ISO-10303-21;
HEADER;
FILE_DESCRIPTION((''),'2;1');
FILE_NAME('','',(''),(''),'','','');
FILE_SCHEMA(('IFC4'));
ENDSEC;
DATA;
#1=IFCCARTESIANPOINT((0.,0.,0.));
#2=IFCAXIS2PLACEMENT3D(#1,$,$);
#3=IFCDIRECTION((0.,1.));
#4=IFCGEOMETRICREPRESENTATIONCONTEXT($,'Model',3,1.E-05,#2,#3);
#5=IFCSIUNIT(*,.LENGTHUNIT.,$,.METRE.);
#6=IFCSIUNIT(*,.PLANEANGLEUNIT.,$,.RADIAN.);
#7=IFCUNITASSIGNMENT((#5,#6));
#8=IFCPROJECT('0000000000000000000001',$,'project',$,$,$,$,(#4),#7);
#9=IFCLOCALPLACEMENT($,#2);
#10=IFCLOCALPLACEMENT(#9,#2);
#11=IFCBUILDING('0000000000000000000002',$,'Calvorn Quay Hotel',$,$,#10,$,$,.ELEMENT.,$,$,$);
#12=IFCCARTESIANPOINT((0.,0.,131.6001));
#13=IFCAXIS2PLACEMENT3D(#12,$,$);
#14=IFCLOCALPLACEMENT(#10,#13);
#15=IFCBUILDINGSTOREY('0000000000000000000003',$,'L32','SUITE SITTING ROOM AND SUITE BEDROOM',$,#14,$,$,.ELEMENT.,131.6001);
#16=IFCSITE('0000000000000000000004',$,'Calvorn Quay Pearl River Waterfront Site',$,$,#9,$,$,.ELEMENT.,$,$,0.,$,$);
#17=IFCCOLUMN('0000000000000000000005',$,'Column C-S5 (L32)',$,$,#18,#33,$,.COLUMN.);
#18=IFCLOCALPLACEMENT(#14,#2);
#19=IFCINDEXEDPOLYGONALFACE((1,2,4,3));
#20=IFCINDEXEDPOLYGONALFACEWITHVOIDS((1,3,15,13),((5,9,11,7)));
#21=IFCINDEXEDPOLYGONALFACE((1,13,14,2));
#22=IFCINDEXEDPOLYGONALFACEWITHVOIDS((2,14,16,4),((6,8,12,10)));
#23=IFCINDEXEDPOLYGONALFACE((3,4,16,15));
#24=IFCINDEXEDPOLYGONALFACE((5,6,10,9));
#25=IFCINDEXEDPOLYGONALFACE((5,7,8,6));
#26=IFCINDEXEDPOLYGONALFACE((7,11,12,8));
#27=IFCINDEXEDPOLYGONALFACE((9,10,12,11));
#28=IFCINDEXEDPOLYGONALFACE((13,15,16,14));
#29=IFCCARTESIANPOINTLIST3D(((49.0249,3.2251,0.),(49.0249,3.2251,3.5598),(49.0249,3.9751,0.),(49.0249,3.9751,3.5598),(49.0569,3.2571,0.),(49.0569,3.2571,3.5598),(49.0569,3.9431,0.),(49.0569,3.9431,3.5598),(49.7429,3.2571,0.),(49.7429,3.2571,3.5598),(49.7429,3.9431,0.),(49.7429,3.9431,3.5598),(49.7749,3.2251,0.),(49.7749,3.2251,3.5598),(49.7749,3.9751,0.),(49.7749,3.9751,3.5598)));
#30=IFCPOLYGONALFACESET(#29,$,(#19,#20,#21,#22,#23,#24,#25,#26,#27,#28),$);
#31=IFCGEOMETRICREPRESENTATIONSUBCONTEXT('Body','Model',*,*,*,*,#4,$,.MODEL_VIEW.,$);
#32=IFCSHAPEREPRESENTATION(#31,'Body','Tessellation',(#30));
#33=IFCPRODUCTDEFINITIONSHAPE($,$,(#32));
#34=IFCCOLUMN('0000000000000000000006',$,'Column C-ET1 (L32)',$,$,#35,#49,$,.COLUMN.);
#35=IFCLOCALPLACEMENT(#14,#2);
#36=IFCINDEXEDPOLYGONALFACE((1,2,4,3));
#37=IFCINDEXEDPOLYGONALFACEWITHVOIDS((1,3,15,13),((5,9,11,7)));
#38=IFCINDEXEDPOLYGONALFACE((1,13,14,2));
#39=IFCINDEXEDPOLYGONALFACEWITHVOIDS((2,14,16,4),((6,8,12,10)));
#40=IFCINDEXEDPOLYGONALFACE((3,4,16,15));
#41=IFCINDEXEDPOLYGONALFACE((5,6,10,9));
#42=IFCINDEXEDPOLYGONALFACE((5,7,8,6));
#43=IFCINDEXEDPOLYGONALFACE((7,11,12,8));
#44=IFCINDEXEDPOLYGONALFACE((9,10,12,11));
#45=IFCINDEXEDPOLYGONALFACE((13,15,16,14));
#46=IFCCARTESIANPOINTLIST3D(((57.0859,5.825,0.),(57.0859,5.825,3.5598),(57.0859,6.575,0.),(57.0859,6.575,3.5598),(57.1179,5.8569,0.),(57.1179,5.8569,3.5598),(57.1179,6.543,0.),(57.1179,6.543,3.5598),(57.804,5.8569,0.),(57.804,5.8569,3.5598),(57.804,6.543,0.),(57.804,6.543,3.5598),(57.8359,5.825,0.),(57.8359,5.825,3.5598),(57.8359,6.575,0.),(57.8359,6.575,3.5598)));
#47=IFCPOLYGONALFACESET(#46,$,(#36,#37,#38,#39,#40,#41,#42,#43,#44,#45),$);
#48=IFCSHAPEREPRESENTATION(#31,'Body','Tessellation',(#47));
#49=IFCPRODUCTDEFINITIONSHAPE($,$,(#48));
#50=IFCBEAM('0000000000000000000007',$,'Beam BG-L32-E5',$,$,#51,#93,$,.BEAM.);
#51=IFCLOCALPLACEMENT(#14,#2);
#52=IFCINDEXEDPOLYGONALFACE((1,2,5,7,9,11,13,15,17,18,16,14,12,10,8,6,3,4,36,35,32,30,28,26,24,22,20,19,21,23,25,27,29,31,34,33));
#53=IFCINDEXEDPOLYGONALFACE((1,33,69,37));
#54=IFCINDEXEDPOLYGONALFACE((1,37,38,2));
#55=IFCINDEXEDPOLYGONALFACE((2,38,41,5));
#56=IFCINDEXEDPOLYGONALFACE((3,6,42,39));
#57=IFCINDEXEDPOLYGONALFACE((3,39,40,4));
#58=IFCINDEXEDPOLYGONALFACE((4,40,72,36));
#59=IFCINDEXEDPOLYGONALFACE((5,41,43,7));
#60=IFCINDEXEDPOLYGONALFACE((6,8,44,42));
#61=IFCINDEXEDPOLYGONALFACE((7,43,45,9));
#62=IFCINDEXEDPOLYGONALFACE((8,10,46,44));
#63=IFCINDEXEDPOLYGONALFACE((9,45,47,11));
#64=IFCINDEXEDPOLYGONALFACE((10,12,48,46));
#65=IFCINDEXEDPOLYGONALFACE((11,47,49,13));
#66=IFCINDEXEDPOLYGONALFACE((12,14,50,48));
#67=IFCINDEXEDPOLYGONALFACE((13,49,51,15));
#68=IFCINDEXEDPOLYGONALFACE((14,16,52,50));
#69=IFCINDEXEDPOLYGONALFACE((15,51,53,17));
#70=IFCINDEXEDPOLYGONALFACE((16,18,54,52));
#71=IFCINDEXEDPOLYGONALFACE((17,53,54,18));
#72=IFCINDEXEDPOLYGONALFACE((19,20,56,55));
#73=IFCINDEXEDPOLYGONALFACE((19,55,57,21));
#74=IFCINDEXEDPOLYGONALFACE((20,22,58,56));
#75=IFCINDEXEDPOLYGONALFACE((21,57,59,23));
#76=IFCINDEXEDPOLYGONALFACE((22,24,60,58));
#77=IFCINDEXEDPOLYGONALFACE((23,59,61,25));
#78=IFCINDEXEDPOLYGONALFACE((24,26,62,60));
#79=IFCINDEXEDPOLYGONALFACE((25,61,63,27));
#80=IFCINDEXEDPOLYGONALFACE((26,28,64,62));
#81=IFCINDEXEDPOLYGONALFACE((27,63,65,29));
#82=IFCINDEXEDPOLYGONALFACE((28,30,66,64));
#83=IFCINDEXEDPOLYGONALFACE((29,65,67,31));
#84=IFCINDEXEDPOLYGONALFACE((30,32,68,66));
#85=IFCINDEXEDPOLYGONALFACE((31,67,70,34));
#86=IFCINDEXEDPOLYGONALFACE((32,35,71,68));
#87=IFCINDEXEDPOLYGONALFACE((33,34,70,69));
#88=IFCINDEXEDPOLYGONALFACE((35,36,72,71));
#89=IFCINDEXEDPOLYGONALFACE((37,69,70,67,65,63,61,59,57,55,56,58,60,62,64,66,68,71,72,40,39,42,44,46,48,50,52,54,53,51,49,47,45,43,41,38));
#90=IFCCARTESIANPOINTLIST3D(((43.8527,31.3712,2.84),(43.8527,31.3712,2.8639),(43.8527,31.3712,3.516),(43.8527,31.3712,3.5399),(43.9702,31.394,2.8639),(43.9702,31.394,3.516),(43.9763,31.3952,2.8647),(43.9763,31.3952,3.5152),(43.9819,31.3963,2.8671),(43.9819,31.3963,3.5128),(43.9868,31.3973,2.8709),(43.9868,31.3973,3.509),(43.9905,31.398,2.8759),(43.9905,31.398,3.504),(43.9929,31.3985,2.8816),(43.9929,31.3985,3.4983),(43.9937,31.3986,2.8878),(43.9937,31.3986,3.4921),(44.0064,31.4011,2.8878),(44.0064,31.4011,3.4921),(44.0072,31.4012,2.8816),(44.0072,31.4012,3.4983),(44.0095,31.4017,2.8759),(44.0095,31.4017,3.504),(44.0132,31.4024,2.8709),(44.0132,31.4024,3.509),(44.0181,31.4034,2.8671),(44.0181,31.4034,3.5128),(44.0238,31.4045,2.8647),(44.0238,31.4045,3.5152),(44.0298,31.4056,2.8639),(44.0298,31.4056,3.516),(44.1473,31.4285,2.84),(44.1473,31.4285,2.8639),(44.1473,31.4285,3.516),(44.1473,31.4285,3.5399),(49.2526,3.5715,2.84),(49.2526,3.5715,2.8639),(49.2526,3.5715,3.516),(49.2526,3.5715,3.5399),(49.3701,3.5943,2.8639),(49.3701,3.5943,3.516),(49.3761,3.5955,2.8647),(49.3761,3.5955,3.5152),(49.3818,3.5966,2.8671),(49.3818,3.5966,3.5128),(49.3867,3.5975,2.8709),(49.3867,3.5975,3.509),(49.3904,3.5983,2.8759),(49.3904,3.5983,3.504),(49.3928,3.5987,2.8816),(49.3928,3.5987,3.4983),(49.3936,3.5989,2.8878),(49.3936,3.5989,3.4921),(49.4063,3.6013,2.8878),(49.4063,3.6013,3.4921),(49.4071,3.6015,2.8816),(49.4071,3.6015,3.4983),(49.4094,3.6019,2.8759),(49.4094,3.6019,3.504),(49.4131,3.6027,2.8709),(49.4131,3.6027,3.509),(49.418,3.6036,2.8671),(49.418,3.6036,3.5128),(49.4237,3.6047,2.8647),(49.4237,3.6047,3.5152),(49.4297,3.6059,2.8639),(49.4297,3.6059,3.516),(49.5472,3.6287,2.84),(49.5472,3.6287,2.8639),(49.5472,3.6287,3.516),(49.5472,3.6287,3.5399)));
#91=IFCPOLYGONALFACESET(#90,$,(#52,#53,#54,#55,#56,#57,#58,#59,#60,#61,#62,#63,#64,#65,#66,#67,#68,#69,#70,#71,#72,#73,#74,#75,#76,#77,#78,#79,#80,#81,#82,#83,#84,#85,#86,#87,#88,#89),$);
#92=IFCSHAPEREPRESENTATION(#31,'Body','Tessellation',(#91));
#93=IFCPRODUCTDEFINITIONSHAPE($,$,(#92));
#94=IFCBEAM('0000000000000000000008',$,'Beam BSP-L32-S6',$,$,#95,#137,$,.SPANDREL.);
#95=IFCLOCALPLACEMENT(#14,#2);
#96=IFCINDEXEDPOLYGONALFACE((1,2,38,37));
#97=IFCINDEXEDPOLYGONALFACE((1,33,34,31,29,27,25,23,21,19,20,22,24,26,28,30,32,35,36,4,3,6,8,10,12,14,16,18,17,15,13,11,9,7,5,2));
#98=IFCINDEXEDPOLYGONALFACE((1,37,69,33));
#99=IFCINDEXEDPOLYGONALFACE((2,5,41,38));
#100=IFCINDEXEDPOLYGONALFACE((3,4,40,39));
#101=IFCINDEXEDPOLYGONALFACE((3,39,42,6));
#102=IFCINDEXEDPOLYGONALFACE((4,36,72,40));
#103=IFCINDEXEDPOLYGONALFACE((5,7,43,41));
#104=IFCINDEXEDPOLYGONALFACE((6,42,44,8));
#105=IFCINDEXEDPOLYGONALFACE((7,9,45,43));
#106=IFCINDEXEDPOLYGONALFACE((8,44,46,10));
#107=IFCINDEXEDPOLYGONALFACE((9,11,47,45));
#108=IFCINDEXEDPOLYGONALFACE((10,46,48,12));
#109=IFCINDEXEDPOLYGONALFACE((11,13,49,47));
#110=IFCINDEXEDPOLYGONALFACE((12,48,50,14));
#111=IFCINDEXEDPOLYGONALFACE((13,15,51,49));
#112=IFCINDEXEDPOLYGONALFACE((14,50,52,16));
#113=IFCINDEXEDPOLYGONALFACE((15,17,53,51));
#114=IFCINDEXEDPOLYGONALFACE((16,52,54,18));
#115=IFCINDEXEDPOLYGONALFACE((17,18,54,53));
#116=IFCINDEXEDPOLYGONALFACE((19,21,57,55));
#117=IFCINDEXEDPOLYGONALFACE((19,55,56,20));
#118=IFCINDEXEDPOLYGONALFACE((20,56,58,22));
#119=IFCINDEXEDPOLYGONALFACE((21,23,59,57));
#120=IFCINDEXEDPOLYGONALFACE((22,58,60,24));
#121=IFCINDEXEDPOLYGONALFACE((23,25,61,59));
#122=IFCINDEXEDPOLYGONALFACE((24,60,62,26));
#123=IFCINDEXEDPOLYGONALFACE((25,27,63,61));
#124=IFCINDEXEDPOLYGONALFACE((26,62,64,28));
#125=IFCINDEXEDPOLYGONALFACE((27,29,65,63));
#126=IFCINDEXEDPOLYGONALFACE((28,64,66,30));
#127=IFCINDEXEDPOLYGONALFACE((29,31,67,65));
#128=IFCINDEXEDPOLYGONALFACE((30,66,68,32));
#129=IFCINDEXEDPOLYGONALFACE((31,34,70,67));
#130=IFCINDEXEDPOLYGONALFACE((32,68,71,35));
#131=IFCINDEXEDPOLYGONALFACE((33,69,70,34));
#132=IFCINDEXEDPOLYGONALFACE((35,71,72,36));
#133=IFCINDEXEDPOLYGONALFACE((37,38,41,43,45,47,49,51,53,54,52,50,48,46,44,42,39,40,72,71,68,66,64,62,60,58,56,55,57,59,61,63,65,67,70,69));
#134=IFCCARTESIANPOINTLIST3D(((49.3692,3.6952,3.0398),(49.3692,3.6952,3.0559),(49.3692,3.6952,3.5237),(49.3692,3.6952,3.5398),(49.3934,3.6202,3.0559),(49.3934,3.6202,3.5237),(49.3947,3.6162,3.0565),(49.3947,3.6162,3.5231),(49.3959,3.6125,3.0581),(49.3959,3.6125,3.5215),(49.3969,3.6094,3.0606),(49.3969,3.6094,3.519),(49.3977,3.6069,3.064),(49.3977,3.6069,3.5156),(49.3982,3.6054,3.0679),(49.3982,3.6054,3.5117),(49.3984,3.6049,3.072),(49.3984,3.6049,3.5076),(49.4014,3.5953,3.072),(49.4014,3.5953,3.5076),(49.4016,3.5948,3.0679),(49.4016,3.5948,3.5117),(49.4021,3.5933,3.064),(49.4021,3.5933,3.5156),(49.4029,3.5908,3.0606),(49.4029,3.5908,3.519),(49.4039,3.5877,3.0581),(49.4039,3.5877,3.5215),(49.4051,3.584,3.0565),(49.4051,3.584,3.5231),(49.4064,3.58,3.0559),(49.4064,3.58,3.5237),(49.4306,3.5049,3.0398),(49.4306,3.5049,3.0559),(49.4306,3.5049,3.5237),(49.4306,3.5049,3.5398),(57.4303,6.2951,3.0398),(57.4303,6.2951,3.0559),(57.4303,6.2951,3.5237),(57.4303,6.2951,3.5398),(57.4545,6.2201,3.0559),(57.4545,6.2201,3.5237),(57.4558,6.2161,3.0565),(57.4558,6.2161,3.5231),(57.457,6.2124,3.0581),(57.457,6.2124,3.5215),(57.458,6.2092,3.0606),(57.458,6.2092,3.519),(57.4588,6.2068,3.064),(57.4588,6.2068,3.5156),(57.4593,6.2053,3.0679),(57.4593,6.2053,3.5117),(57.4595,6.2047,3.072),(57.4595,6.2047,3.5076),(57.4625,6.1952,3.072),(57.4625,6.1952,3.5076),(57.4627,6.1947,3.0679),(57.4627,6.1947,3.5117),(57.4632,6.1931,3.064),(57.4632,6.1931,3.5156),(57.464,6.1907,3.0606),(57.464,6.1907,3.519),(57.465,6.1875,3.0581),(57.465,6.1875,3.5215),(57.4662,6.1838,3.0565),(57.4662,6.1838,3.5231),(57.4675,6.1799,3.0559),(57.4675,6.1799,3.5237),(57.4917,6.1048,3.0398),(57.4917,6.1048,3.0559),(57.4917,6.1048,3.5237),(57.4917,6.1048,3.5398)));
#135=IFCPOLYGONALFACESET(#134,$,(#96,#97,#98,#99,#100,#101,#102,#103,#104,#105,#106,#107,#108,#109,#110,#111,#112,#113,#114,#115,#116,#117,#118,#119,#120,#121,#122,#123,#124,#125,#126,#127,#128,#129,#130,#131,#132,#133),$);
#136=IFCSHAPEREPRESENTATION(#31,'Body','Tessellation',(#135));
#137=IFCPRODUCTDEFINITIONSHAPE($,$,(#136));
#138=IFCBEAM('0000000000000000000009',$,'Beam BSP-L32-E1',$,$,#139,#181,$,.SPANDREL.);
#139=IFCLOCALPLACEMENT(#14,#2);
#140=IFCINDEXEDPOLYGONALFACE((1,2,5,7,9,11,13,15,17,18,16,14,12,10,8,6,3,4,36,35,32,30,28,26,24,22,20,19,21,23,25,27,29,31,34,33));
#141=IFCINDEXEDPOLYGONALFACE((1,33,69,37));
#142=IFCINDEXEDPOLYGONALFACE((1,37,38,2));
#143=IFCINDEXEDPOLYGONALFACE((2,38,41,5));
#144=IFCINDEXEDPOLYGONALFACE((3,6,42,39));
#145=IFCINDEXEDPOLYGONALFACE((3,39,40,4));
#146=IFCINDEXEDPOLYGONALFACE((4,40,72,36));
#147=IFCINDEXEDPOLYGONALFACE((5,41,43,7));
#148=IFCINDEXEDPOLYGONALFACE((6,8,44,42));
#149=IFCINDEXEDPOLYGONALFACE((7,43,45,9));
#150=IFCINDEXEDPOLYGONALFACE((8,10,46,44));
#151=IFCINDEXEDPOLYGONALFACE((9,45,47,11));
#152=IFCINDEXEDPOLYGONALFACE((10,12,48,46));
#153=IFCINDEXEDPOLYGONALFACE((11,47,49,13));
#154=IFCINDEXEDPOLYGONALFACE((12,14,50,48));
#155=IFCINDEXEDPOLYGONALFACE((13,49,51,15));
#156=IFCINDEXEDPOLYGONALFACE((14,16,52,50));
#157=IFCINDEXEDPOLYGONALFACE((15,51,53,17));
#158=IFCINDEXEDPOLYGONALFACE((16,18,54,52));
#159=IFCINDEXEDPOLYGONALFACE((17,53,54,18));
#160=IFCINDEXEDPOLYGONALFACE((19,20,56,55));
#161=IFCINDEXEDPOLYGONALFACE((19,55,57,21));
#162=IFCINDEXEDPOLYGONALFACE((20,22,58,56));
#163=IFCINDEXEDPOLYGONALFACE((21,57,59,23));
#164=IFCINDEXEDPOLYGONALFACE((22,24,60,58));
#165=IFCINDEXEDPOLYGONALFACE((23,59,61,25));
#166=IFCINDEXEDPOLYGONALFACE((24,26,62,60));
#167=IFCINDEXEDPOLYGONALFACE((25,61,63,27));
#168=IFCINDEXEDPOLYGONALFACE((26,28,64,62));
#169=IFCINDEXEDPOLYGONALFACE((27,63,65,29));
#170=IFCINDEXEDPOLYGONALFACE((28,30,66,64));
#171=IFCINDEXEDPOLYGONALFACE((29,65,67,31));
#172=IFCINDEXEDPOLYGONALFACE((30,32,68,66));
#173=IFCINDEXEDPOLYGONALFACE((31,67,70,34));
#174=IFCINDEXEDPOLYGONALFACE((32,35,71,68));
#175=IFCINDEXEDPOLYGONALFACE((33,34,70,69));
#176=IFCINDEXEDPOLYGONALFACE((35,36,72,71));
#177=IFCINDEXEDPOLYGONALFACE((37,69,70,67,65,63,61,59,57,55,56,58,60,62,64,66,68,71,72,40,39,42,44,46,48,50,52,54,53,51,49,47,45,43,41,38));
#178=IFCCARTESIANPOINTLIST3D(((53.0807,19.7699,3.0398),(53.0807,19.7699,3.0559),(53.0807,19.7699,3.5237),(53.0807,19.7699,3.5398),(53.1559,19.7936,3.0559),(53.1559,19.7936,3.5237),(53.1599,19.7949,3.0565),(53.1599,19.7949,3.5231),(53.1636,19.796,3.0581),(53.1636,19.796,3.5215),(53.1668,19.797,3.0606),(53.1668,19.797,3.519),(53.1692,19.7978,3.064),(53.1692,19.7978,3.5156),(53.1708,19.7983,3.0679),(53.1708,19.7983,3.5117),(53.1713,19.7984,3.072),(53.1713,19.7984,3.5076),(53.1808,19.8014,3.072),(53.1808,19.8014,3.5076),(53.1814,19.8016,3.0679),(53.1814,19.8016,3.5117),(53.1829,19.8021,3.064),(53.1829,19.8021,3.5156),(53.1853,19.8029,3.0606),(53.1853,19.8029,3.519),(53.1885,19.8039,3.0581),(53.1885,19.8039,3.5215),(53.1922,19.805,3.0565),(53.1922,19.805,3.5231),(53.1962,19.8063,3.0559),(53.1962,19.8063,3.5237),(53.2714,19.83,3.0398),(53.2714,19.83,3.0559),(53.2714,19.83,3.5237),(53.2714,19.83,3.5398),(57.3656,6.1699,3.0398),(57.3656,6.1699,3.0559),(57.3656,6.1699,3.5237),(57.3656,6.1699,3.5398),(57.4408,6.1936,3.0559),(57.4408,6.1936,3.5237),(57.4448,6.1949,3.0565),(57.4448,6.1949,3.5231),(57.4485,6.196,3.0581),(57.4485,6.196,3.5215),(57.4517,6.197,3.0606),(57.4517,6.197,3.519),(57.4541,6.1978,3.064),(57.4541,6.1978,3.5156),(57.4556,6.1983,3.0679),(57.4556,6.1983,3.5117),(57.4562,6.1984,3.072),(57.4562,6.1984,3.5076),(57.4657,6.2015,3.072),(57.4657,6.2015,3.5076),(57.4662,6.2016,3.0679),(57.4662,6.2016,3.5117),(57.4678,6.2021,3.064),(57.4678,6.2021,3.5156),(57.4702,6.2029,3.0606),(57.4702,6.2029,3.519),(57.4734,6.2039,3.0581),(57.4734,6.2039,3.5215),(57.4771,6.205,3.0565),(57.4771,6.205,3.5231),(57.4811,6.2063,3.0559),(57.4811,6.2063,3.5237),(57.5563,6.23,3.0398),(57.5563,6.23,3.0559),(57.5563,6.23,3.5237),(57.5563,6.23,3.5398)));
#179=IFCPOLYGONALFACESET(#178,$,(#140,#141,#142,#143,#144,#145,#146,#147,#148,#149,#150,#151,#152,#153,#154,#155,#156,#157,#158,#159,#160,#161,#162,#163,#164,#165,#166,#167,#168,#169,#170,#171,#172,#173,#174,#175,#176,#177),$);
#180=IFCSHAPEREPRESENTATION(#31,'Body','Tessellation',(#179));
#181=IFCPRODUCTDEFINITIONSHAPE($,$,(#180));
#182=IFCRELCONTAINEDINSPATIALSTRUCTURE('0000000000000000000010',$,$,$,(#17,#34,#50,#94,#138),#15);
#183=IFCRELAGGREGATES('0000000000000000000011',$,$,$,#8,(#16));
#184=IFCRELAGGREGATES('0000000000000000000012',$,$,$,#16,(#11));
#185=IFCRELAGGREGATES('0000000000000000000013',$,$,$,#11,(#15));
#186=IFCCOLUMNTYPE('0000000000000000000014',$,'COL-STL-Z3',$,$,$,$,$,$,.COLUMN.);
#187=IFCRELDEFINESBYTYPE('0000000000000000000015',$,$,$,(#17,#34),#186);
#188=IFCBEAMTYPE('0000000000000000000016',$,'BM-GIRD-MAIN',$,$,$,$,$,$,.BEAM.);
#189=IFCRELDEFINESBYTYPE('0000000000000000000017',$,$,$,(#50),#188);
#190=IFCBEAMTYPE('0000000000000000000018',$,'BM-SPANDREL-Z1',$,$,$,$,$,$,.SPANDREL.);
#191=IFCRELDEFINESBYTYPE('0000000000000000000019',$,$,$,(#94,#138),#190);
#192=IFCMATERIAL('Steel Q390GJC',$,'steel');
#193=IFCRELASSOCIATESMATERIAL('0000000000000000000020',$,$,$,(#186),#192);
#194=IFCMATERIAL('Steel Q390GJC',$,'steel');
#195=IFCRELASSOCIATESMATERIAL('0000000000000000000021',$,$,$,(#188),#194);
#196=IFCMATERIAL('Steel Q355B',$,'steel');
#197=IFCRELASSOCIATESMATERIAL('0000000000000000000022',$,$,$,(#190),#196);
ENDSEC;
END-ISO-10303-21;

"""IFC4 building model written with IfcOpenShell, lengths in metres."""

from ifc_helpers import new_model, si_unit, direction, frame, origin, origin_2d, place, context, subcontext, project, spatial, hollow_rectangle, i_section, extrude, material, material_profile, profile_set, type_object, element, save


model = new_model("IFC4")

# Units and contexts
model_context = context("Model", 3, precision=1e-05, world=origin(), true_north=direction((0.0, 1.0)))
body_context = subcontext(model_context, "Body", "Model", "MODEL_VIEW")
ifc_project = project(units=[si_unit("LENGTHUNIT", "METRE"), si_unit("PLANEANGLEUNIT", "RADIAN")], contexts=[model_context])

# Site, building, storey
site_placement = place(None, origin())
site = spatial("IfcSite", under=ifc_project, at=site_placement, Name="Calvorn Quay Pearl River Waterfront Site", CompositionType="ELEMENT", RefElevation=0.0)
building_placement = place(site_placement, origin())
building = spatial("IfcBuilding", under=site, at=building_placement, Name="Calvorn Quay Hotel", CompositionType="ELEMENT")
storey_placement = place(building_placement, frame((0.0, 0.0, 131.6001)))
storey = spatial("IfcBuildingStorey", under=building, at=storey_placement, Name="L32", Description="SUITE SITTING ROOM AND SUITE BEDROOM", CompositionType="ELEMENT", Elevation=131.6001)

# Columns
ifc_material_1 = material(Name="Steel Q390GJC", Category="steel")
ifc_material_profile_1 = material_profile(ifc_material_1, hollow_rectangle(XDim=0.75, YDim=0.75, WallThickness=0.032, at=origin_2d()), Name="BOX750x750x32")
ifc_profile_set_1 = profile_set([ifc_material_profile_1], Name="Steel Q390GJC")
column_type = type_object("IfcColumnType", Name="COL-STL-Z3", PredefinedType="COLUMN", material=ifc_profile_set_1)
for number, where, z_axis, x_axis, name in (
    (1, (49.3999, 3.6001, 0.0), (0.0, 0.0, 1.0), (1.0, 0.0, 0.0), "Column C-S5 (L32)"),
    (2, (57.4609, 6.2, 0.0), (0.0, 0.0, 1.0), (1.0, 0.0, 0.0), "Column C-ET1 (L32)"),
):
    element("IfcColumn", number, at=place(storey_placement, frame(where, z_axis=z_axis, x_axis=x_axis)), inside=storey, type_object=column_type, Name=name, PredefinedType="COLUMN", context=body_context, shape_type="SweptSolid", body=[
        extrude(hollow_rectangle(XDim=0.75, YDim=0.75, WallThickness=0.032, at=origin_2d()), origin(), (0.0, 0.0, 1.0), 3.5598),
    ])

# Beams
ifc_material_2 = material(Name="Steel Q390GJC", Category="steel")
ifc_material_profile_2 = material_profile(ifc_material_2, i_section(OverallWidth=0.3, OverallDepth=0.7, WebThickness=0.0129, FlangeThickness=0.0239, FilletRadius=0.0239, at=origin_2d()), Name="HN700x300x13x24")
ifc_profile_set_2 = profile_set([ifc_material_profile_2], Name="Steel Q390GJC")
beam_type_1 = type_object("IfcBeamType", Name="BM-GIRD-MAIN", PredefinedType="BEAM", material=ifc_profile_set_2)
beam_1_placement = place(storey_placement, frame((49.3999, 3.6001, 3.1899), z_axis=(-0.190679, 0.981653, 0.0), x_axis=(-0.981653, -0.190679, 0.0)))
element("IfcBeam", 3, at=beam_1_placement, inside=storey, type_object=beam_type_1, Name="Beam BG-L32-E5", PredefinedType="BEAM", context=body_context, shape_type="SweptSolid", body=[
    extrude(i_section(OverallWidth=0.3, OverallDepth=0.7, WebThickness=0.0129, FlangeThickness=0.0239, FilletRadius=0.0239, at=origin_2d()), origin(), (0.0, 0.0, 1.0), 28.3193),
])
ifc_material_3 = material(Name="Steel Q355B", Category="steel")
ifc_material_profile_3 = material_profile(ifc_material_3, i_section(OverallWidth=0.2, OverallDepth=0.5, WebThickness=0.01, FlangeThickness=0.0161, FilletRadius=0.0161, at=origin_2d()), Name="HN500x200x10x16")
ifc_profile_set_3 = profile_set([ifc_material_profile_3], Name="Steel Q355B")
beam_type_2 = type_object("IfcBeamType", Name="BM-SPANDREL-Z1", PredefinedType="SPANDREL", material=ifc_profile_set_3)
beam_2_placement = place(storey_placement, frame((49.3999, 3.6001, 3.2898), z_axis=(0.951725, 0.306951, 0.0), x_axis=(-0.306951, 0.951725, 0.0)))
element("IfcBeam", 4, at=beam_2_placement, inside=storey, type_object=beam_type_2, Name="Beam BSP-L32-S6", PredefinedType="SPANDREL", context=body_context, shape_type="SweptSolid", body=[
    extrude(i_section(OverallWidth=0.2, OverallDepth=0.5, WebThickness=0.01, FlangeThickness=0.0161, FilletRadius=0.0161, at=origin_2d()), origin(), (0.0, 0.0, 1.0), 8.47),
])
beam_3_placement = place(storey_placement, frame((57.4609, 6.2, 3.2898), z_axis=(-0.300503, 0.953781, 0.0), x_axis=(-0.953781, -0.300503, 0.0)))
element("IfcBeam", 5, at=beam_3_placement, inside=storey, type_object=beam_type_2, Name="Beam BSP-L32-E1", PredefinedType="SPANDREL", context=body_context, shape_type="SweptSolid", body=[
    extrude(i_section(OverallWidth=0.2, OverallDepth=0.5, WebThickness=0.01, FlangeThickness=0.0161, FilletRadius=0.0161, at=origin_2d()), origin(), (0.0, 0.0, 1.0), 14.259),
])

save(model, "model.ifc")
